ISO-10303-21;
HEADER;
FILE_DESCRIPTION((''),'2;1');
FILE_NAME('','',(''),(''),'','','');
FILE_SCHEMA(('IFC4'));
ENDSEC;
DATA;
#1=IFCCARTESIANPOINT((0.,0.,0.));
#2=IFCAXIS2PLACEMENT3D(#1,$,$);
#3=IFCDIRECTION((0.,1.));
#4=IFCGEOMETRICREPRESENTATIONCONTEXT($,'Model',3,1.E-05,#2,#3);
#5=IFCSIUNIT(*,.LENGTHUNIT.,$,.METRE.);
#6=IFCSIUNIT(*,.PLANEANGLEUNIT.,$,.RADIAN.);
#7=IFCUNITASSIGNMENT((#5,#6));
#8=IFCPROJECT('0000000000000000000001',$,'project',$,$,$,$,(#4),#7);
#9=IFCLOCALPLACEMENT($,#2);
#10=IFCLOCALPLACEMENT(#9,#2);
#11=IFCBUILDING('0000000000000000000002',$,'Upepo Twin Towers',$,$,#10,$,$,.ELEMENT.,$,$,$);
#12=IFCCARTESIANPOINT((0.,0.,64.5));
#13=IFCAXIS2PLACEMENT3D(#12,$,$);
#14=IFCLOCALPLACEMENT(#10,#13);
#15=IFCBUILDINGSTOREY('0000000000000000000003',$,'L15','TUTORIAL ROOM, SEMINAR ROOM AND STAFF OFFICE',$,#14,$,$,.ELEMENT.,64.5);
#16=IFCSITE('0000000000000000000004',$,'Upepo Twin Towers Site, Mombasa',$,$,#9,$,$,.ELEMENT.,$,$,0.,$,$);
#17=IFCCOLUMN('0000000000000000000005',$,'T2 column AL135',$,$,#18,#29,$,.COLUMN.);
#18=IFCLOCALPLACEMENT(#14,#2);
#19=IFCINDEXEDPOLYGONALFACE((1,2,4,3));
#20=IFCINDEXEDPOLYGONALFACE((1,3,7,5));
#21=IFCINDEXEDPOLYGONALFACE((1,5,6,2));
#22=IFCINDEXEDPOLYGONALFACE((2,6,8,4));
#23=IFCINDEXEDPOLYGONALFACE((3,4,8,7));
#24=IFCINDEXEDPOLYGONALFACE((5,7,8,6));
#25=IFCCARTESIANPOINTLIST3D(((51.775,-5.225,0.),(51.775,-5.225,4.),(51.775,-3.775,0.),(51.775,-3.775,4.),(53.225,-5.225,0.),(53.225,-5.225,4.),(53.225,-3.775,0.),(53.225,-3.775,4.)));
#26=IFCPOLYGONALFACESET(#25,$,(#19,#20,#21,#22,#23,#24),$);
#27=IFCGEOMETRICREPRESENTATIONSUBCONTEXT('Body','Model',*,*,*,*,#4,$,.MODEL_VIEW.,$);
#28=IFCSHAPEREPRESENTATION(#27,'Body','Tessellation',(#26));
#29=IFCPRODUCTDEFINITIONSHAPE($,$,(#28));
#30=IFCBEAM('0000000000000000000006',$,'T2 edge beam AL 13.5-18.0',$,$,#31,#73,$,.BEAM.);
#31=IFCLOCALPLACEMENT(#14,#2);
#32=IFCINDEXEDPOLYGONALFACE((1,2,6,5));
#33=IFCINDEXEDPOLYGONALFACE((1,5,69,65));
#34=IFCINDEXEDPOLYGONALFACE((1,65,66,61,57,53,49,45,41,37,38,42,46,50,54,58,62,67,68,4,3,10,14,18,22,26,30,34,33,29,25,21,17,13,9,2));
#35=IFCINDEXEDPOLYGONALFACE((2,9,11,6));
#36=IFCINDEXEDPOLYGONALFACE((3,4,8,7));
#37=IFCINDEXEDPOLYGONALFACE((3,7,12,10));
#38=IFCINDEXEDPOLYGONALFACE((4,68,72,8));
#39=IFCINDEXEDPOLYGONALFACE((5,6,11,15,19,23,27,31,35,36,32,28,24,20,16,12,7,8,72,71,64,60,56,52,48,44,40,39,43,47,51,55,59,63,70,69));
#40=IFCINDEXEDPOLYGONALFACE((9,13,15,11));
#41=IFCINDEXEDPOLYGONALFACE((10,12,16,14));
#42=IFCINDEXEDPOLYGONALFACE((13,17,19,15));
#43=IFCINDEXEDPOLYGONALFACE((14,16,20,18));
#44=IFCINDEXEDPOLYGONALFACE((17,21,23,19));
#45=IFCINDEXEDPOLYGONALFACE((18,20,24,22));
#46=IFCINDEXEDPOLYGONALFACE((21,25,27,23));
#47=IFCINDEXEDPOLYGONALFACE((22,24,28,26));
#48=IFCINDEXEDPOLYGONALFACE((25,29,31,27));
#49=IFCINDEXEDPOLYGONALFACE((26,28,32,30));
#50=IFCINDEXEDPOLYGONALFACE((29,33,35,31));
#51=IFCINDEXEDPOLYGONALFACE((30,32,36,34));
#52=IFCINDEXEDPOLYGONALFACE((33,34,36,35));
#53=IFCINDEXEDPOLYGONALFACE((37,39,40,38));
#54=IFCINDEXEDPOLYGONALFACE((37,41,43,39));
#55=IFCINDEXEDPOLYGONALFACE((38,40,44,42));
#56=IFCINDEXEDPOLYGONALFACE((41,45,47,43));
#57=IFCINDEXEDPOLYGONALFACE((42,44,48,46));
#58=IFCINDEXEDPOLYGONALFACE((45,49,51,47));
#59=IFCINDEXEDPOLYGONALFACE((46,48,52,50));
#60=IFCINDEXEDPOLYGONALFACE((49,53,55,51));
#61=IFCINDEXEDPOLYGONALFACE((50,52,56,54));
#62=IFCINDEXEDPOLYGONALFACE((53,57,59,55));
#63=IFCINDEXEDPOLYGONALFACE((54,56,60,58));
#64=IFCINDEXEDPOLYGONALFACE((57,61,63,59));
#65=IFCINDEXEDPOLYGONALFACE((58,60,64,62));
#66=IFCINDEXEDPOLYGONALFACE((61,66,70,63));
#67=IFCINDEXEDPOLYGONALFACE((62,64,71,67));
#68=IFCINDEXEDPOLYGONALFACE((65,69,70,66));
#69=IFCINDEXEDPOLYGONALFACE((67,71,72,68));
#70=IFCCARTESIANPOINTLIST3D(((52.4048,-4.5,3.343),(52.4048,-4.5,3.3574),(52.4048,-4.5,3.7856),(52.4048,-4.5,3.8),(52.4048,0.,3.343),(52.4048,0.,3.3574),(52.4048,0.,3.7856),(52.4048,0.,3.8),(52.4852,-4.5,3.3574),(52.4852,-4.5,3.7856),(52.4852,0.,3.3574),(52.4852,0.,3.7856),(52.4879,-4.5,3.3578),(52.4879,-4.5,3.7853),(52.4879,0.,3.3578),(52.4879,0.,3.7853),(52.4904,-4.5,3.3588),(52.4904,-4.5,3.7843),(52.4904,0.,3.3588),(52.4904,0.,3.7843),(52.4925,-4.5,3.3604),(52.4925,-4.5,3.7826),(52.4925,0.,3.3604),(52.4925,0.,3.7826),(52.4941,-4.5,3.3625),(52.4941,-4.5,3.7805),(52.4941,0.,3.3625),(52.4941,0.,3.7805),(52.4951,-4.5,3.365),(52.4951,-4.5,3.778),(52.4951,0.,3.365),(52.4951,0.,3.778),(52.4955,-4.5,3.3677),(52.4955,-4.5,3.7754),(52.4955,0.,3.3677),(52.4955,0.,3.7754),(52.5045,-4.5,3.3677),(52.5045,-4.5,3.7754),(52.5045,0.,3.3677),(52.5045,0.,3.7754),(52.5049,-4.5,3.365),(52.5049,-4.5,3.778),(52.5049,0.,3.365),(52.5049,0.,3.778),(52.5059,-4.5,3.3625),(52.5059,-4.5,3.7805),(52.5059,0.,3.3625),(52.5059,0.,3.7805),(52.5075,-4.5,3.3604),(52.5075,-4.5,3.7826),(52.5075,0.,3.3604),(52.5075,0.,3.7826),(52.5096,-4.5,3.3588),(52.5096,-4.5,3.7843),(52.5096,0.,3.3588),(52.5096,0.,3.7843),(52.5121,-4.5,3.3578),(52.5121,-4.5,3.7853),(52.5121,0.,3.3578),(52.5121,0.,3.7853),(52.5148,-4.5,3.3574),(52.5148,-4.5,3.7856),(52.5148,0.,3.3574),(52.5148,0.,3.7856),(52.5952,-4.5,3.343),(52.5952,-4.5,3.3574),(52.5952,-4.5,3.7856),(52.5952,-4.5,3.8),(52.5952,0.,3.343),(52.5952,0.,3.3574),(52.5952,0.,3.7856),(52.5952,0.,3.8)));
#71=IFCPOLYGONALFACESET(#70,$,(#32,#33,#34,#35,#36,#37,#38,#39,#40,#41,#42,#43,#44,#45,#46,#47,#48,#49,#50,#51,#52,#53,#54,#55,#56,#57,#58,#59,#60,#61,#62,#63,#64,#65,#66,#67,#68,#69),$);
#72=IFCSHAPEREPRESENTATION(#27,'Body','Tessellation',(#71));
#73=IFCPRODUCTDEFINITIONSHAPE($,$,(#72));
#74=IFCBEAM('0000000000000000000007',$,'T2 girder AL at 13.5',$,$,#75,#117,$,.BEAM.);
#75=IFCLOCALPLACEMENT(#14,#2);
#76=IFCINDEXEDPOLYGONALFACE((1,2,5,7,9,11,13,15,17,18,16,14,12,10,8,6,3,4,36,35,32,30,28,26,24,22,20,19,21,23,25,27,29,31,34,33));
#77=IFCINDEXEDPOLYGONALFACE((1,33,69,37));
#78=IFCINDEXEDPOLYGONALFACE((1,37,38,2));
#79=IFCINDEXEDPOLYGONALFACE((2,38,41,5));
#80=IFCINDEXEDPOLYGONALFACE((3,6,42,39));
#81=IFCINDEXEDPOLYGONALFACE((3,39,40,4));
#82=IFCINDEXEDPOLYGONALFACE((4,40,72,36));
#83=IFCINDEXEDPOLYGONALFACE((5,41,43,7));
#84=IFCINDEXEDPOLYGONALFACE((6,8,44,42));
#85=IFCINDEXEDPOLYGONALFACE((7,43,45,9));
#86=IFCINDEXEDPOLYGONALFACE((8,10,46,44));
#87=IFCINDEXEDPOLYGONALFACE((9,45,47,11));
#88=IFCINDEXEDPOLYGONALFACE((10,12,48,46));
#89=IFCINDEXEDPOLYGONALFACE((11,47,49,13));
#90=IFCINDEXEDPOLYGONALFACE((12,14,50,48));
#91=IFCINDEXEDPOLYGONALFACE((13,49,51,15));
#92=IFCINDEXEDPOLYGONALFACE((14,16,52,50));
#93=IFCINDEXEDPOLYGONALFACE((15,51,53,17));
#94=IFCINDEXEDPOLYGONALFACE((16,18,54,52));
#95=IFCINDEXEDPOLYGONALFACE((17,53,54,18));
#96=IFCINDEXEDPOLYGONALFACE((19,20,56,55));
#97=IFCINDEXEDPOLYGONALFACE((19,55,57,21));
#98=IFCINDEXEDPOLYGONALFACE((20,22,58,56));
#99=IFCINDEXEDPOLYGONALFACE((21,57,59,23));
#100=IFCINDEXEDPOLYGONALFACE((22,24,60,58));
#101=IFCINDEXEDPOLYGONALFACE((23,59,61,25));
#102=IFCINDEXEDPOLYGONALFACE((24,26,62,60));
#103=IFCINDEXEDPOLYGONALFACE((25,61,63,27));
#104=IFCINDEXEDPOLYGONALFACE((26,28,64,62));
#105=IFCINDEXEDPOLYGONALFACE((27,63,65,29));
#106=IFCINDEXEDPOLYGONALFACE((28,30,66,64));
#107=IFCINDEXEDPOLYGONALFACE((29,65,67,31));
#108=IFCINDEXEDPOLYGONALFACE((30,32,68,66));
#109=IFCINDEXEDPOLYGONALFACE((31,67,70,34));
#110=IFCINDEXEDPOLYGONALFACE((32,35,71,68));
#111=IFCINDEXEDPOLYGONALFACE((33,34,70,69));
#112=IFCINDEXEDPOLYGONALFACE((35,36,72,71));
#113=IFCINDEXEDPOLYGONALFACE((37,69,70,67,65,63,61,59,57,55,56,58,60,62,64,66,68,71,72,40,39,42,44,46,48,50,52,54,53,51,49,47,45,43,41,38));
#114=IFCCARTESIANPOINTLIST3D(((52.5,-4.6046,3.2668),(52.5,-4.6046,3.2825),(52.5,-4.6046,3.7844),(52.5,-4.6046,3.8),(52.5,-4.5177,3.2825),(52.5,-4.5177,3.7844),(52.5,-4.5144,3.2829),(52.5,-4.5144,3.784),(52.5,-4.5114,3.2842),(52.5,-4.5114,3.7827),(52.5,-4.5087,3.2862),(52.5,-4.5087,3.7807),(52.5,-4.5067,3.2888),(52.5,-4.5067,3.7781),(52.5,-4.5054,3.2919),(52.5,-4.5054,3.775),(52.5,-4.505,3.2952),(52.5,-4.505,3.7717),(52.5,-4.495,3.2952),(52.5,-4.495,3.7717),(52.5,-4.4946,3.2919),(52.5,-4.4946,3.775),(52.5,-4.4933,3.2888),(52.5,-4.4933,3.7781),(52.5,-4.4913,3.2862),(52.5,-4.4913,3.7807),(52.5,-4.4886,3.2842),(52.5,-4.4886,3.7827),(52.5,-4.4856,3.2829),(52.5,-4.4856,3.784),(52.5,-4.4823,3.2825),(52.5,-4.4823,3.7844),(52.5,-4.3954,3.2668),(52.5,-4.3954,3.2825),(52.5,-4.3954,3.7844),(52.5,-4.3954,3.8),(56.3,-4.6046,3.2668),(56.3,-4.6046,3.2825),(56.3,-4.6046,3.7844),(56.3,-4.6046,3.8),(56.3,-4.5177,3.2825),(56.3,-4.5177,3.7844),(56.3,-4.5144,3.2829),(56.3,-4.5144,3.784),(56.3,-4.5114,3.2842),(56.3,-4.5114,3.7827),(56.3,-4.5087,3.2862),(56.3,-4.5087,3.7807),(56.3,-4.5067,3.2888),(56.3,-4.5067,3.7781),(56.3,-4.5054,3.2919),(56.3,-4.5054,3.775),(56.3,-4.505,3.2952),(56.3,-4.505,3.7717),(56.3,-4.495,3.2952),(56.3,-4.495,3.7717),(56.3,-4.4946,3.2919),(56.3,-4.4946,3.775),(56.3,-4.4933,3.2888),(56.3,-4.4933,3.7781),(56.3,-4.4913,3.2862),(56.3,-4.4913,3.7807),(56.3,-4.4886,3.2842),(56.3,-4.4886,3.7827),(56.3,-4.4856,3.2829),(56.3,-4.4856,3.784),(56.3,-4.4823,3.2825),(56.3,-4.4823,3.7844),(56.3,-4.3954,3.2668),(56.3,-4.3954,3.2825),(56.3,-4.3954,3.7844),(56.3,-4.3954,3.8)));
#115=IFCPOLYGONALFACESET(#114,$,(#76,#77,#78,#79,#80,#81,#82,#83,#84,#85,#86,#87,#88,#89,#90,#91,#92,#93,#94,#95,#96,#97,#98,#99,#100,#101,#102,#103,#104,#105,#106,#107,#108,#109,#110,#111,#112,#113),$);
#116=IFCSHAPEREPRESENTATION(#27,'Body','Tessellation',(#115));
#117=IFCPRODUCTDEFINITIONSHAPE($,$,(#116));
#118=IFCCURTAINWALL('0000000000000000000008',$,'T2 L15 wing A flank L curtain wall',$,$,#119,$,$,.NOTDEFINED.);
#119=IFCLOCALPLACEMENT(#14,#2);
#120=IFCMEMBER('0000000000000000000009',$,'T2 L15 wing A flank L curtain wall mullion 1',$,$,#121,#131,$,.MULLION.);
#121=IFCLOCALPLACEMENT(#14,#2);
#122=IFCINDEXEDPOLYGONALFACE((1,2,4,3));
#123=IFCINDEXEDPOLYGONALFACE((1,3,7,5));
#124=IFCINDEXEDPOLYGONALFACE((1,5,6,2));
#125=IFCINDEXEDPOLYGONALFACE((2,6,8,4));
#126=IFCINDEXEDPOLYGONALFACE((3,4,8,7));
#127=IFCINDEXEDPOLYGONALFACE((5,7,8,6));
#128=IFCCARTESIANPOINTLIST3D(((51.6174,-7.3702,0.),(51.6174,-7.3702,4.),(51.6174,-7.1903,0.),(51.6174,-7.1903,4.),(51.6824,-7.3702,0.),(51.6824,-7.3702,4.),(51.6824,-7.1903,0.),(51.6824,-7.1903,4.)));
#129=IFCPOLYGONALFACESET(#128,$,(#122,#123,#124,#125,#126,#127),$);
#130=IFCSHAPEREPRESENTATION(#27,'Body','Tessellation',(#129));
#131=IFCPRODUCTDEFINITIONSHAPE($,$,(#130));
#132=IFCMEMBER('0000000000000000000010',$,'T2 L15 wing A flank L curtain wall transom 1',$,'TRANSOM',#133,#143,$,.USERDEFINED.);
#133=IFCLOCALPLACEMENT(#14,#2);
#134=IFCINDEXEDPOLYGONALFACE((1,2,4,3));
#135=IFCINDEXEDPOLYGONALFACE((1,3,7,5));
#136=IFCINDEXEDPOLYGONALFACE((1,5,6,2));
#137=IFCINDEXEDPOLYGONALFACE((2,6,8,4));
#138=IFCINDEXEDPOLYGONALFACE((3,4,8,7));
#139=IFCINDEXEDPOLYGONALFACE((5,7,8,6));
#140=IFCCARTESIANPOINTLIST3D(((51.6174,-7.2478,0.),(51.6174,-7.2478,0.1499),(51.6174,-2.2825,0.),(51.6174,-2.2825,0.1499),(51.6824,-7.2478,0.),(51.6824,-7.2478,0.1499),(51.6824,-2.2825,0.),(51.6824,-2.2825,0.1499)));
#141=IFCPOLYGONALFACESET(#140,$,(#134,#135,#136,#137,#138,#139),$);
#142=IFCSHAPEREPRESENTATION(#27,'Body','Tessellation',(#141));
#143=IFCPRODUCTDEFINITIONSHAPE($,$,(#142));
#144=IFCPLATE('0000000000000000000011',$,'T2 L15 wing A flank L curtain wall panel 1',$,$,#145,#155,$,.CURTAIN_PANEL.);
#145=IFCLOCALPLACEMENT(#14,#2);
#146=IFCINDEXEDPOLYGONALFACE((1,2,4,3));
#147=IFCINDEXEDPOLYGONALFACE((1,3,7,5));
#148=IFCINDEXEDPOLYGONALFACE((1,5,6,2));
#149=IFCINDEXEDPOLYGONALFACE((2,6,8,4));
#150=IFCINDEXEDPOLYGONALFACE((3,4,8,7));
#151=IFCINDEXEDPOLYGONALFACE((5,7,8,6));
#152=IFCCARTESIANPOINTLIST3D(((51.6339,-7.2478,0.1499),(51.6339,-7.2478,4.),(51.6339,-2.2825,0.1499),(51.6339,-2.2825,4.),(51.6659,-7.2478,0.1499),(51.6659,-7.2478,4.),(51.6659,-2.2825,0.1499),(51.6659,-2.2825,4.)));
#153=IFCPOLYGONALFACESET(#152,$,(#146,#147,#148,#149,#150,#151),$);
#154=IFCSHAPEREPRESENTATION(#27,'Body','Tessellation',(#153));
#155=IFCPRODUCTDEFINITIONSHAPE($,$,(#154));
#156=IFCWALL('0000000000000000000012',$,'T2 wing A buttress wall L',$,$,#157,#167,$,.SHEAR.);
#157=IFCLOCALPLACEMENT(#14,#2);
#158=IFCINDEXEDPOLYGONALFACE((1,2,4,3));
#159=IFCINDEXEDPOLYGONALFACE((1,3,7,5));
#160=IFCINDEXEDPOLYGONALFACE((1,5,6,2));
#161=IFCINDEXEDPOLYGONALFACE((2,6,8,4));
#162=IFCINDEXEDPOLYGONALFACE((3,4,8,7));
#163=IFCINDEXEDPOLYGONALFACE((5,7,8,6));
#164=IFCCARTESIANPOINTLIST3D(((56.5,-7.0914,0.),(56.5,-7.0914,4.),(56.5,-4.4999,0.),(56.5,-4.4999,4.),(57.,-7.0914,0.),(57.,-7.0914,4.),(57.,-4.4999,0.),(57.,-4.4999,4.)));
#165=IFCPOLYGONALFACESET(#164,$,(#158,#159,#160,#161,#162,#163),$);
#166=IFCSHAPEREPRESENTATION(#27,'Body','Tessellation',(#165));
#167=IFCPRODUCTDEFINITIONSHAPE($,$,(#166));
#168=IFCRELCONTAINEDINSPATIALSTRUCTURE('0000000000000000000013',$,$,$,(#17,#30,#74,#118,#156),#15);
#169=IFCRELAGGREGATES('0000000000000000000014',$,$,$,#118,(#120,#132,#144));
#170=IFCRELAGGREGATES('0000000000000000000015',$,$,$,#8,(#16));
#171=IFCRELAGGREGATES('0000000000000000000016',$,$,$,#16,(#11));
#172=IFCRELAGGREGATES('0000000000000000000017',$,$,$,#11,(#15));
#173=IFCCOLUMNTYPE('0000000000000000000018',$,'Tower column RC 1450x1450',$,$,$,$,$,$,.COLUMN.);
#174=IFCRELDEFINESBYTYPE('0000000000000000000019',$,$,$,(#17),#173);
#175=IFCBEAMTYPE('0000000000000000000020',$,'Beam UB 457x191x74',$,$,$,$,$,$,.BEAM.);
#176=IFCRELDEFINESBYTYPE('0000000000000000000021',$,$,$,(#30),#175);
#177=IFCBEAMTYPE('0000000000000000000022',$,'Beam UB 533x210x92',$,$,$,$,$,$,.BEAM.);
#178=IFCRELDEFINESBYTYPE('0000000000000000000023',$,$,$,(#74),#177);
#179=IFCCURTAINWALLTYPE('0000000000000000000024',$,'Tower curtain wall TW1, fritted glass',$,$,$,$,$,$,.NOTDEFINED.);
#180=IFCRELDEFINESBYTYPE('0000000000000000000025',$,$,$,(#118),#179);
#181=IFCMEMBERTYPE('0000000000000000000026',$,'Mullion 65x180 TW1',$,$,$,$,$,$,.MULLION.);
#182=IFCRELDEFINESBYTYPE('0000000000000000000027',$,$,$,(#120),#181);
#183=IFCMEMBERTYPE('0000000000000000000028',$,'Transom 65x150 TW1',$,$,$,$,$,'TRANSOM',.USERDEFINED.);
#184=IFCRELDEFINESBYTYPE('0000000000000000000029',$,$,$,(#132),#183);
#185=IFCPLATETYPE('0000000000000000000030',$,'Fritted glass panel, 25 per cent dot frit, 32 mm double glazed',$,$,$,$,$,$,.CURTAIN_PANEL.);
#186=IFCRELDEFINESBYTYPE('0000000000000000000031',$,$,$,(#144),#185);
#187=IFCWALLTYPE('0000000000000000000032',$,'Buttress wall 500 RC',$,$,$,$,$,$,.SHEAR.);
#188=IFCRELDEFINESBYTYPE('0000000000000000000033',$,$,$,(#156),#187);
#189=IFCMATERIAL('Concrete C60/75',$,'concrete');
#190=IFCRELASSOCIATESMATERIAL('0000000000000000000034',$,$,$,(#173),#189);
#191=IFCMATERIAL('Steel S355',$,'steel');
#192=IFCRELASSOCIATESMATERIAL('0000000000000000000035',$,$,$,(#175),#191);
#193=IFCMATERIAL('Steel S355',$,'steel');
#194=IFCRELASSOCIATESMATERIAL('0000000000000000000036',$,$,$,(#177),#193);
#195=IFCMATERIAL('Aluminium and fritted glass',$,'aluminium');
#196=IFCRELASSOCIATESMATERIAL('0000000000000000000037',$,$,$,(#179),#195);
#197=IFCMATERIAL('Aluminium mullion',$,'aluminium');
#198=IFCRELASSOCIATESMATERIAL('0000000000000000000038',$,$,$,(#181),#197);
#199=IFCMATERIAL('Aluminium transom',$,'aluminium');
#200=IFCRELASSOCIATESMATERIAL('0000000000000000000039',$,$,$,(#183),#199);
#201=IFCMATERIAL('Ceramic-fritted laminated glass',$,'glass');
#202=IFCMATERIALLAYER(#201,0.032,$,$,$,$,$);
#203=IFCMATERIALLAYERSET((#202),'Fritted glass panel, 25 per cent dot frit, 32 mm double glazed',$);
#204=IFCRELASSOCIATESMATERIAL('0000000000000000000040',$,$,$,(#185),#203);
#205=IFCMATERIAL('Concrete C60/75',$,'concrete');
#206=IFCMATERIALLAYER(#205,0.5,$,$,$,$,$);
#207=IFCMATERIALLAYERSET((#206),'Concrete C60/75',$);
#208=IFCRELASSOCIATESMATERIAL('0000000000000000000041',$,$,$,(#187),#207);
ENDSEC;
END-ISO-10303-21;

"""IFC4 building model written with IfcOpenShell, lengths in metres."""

from ifc_helpers import new_model, si_unit, direction, frame, frame_2d, origin, origin_2d, place, context, subcontext, project, spatial, rectangle, i_section, extrude, material, layer, layer_set, material_profile, profile_set, type_object, element, aggregate, save


model = new_model("IFC4")

# Units and contexts
model_context = context("Model", 3, precision=1e-05, world=origin(), true_north=direction((0.0, 1.0)))
body_context = subcontext(model_context, "Body", "Model", "MODEL_VIEW")
ifc_project = project(units=[si_unit("LENGTHUNIT", "METRE"), si_unit("PLANEANGLEUNIT", "RADIAN")], contexts=[model_context])

# Site, building, storey
site_placement = place(None, origin())
site = spatial("IfcSite", under=ifc_project, at=site_placement, Name="Upepo Twin Towers Site, Mombasa", CompositionType="ELEMENT", RefElevation=0.0)
building_placement = place(site_placement, origin())
building = spatial("IfcBuilding", under=site, at=building_placement, Name="Upepo Twin Towers", CompositionType="ELEMENT")
storey_placement = place(building_placement, frame((0.0, 0.0, 64.5)))
storey = spatial("IfcBuildingStorey", under=building, at=storey_placement, Name="L15", Description="TUTORIAL ROOM, SEMINAR ROOM AND STAFF OFFICE", CompositionType="ELEMENT", Elevation=64.5)

# Column
ifc_material_1 = material(Name="Concrete C60/75", Category="concrete")
ifc_material_profile_1 = material_profile(ifc_material_1, rectangle(XDim=1.45, YDim=1.45, at=origin_2d()), Name="RC 1450x1450")
ifc_profile_set_1 = profile_set([ifc_material_profile_1], Name="Concrete C60/75")
column_type = type_object("IfcColumnType", Name="Tower column RC 1450x1450", PredefinedType="COLUMN", material=ifc_profile_set_1)
column_placement = place(storey_placement, frame((52.5, -4.5, 0.0), z_axis=(0.0, 0.0, 1.0), x_axis=(1.0, 0.0, 0.0)))
element("IfcColumn", 1, at=column_placement, inside=storey, type_object=column_type, Name="T2 column AL135", PredefinedType="COLUMN", context=body_context, shape_type="SweptSolid", body=[
    extrude(rectangle(XDim=1.45, YDim=1.45, at=origin_2d()), origin(), (0.0, 0.0, 1.0), 4.0),
])

# Beams
ifc_material_2 = material(Name="Steel S355", Category="steel")
ifc_material_profile_2 = material_profile(ifc_material_2, i_section(OverallWidth=0.1904, OverallDepth=0.457, WebThickness=0.009, FlangeThickness=0.0144, FilletRadius=0.0103, at=origin_2d()), Name="UB 457x191x74")
ifc_profile_set_2 = profile_set([ifc_material_profile_2], Name="Steel S355")
beam_type_1 = type_object("IfcBeamType", Name="Beam UB 457x191x74", PredefinedType="BEAM", material=ifc_profile_set_2)
beam_1_placement = place(storey_placement, frame((52.5, -4.5, 3.5715), z_axis=(0.0, 1.0, 0.0), x_axis=(-1.0, 0.0, 0.0)))
element("IfcBeam", 2, at=beam_1_placement, inside=storey, type_object=beam_type_1, Name="T2 edge beam AL 13.5-18.0", PredefinedType="BEAM", context=body_context, shape_type="SweptSolid", body=[
    extrude(i_section(OverallWidth=0.1904, OverallDepth=0.457, WebThickness=0.009, FlangeThickness=0.0144, FilletRadius=0.0103, at=origin_2d()), origin(), (0.0, 0.0, 1.0), 4.5),
])
ifc_material_3 = material(Name="Steel S355", Category="steel")
ifc_material_profile_3 = material_profile(ifc_material_3, i_section(OverallWidth=0.2092, OverallDepth=0.5332, WebThickness=0.01, FlangeThickness=0.0156, FilletRadius=0.0127, at=origin_2d()), Name="UB 533x210x92")
ifc_profile_set_3 = profile_set([ifc_material_profile_3], Name="Steel S355")
beam_type_2 = type_object("IfcBeamType", Name="Beam UB 533x210x92", PredefinedType="BEAM", material=ifc_profile_set_3)
beam_2_placement = place(storey_placement, frame((52.5, -4.5, 3.5334), z_axis=(1.0, 0.0, 0.0), x_axis=(0.0, 1.0, 0.0)))
element("IfcBeam", 3, at=beam_2_placement, inside=storey, type_object=beam_type_2, Name="T2 girder AL at 13.5", PredefinedType="BEAM", context=body_context, shape_type="SweptSolid", body=[
    extrude(i_section(OverallWidth=0.2092, OverallDepth=0.5332, WebThickness=0.01, FlangeThickness=0.0156, FilletRadius=0.0127, at=origin_2d()), origin(), (0.0, 0.0, 1.0), 3.8),
])

# Curtain wall, members, plate
ifc_material_4 = material(Name="Aluminium and fritted glass", Category="aluminium")
curtain_wall_type = type_object("IfcCurtainWallType", Name="Tower curtain wall TW1, fritted glass", PredefinedType="NOTDEFINED", material=ifc_material_4)
curtain_wall_placement = place(storey_placement, origin())
curtain_wall = element("IfcCurtainWall", 4, at=curtain_wall_placement, inside=storey, type_object=curtain_wall_type, Name="T2 L15 wing A flank L curtain wall", PredefinedType="NOTDEFINED")
ifc_material_5 = material(Name="Aluminium mullion", Category="aluminium")
ifc_material_profile_4 = material_profile(ifc_material_5, rectangle(XDim=0.0649, YDim=0.1799, at=origin_2d()), Name="MULLION 65x180")
ifc_profile_set_4 = profile_set([ifc_material_profile_4], Name="Aluminium mullion")
member_type_1 = type_object("IfcMemberType", Name="Mullion 65x180 TW1", PredefinedType="MULLION", material=ifc_profile_set_4)
member_1_placement = place(storey_placement, frame((51.6499, -7.2803, 0.0), z_axis=(0.0, 0.0, 1.0), x_axis=(-1.0, 0.0, 0.0)))
member_1 = element("IfcMember", 5, at=member_1_placement, type_object=member_type_1, Name="T2 L15 wing A flank L curtain wall mullion 1", PredefinedType="MULLION", context=body_context, shape_type="SweptSolid", body=[
    extrude(rectangle(XDim=0.0649, YDim=0.1799, at=origin_2d()), origin(), (0.0, 0.0, 1.0), 4.0),
])
ifc_material_6 = material(Name="Aluminium transom", Category="aluminium")
ifc_material_profile_5 = material_profile(ifc_material_6, rectangle(XDim=0.0649, YDim=0.1499, at=origin_2d()), Name="TRANSOM 65x150")
ifc_profile_set_5 = profile_set([ifc_material_profile_5], Name="Aluminium transom")
member_type_2 = type_object("IfcMemberType", Name="Transom 65x150 TW1", ElementType="TRANSOM", PredefinedType="USERDEFINED", material=ifc_profile_set_5)
member_2_placement = place(storey_placement, frame((51.6499, -7.2478, 0.075), z_axis=(0.0, 1.0, 0.0), x_axis=(-1.0, 0.0, 0.0)))
member_2 = element("IfcMember", 6, at=member_2_placement, type_object=member_type_2, Name="T2 L15 wing A flank L curtain wall transom 1", ObjectType="TRANSOM", PredefinedType="USERDEFINED", context=body_context, shape_type="SweptSolid", body=[
    extrude(rectangle(XDim=0.0649, YDim=0.1499, at=origin_2d()), origin(), (0.0, 0.0, 1.0), 4.9653),
])
ifc_material_7 = material(Name="Ceramic-fritted laminated glass", Category="glass")
ifc_layer_1 = layer(ifc_material_7, 0.032)
ifc_layer_set_1 = layer_set([ifc_layer_1], Name="Fritted glass panel, 25 per cent dot frit, 32 mm double glazed")
plate_type = type_object("IfcPlateType", Name="Fritted glass panel, 25 per cent dot frit, 32 mm double glazed", PredefinedType="CURTAIN_PANEL", material=ifc_layer_set_1)
plate_placement = place(storey_placement, frame((51.6499, -4.7651, 0.1499), z_axis=(0.0, 0.0, 1.0), x_axis=(0.0, 1.0, 0.0)))
plate = element("IfcPlate", 7, at=plate_placement, type_object=plate_type, Name="T2 L15 wing A flank L curtain wall panel 1", PredefinedType="CURTAIN_PANEL", context=body_context, shape_type="SweptSolid", body=[
    extrude(rectangle(XDim=4.9653, YDim=0.032, at=origin_2d()), origin(), (0.0, 0.0, 1.0), 3.8501),
])
aggregate(curtain_wall, [member_1, member_2, plate])

# Wall
ifc_material_8 = material(Name="Concrete C60/75", Category="concrete")
ifc_layer_2 = layer(ifc_material_8, 0.5)
ifc_layer_set_2 = layer_set([ifc_layer_2], Name="Concrete C60/75")
wall_type_1 = type_object("IfcWallType", Name="Buttress wall 500 RC", PredefinedType="SHEAR", material=ifc_layer_set_2)
wall_1_placement = place(storey_placement, frame((56.75, -7.0916, 0.0), z_axis=(0.0, 0.0, 1.0), x_axis=(0.0, 1.0, 0.0)))
element("IfcWall", 8, at=wall_1_placement, inside=storey, type_object=wall_type_1, Name="T2 wing A buttress wall L", PredefinedType="SHEAR", context=body_context, shape_type="SweptSolid", body=[
    extrude(rectangle(XDim=2.5916, YDim=0.5, at=frame_2d((1.2959, 0.0))), origin(), (0.0, 0.0, 1.0), 4.0),
])

save(model, "model.ifc")
